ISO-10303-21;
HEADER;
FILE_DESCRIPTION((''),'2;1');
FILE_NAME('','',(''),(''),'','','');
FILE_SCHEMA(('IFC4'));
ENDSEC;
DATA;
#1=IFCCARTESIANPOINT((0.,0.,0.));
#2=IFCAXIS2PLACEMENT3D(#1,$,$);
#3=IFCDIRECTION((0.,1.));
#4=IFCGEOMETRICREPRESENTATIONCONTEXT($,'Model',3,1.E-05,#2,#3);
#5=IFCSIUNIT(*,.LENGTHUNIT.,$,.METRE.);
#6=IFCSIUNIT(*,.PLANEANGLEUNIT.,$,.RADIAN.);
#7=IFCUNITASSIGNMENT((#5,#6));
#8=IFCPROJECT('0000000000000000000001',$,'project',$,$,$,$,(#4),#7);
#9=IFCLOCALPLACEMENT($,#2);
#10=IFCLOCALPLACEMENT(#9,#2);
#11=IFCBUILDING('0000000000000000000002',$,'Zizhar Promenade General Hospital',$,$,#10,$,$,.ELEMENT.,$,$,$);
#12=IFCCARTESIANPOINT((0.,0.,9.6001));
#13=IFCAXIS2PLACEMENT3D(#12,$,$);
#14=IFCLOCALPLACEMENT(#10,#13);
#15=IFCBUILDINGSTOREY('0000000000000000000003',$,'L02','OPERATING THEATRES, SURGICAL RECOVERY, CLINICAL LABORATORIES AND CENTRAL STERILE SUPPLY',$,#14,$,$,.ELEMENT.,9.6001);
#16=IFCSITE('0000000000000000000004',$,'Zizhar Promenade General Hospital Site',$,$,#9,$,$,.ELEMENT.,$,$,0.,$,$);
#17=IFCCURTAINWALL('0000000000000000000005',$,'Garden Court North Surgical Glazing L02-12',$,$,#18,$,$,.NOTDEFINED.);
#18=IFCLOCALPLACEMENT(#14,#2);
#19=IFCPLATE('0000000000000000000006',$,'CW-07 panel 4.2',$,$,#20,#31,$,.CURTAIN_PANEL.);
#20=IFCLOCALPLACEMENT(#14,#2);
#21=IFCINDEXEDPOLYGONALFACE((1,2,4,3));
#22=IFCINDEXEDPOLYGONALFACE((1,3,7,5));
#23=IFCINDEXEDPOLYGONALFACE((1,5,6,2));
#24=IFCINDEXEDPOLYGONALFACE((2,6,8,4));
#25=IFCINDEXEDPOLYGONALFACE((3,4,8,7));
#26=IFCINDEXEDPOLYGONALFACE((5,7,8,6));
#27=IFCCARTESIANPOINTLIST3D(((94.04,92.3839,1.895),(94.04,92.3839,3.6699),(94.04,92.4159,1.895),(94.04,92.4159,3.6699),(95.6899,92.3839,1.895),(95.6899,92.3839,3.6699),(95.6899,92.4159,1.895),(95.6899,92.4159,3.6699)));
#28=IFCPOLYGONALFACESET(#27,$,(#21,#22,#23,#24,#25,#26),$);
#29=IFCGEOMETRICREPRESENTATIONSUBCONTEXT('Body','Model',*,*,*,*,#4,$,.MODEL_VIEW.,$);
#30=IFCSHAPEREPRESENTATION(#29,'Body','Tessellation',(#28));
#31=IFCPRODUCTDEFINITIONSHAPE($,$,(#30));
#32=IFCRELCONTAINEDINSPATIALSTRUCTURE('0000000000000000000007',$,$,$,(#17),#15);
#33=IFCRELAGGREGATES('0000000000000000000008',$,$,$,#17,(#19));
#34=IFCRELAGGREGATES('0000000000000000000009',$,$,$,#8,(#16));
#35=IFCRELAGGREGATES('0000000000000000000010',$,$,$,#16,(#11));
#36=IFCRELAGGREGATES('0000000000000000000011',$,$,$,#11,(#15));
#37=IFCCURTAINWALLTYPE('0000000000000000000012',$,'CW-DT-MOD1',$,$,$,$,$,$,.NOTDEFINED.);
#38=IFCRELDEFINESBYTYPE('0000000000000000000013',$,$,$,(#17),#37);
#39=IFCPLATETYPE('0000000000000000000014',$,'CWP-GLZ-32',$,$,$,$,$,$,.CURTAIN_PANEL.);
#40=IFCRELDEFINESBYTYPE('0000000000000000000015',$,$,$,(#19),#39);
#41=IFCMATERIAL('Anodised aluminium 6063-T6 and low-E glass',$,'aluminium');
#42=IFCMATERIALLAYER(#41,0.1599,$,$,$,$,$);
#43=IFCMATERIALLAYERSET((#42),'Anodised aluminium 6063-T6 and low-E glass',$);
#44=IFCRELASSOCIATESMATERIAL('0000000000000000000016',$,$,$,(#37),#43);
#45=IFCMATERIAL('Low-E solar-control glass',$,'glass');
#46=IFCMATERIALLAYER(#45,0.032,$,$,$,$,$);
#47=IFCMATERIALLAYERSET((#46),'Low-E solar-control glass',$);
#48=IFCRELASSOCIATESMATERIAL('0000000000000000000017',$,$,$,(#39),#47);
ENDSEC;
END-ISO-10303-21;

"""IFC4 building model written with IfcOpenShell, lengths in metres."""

from ifc_helpers import new_model, si_unit, direction, frame, origin, origin_2d, place, context, subcontext, project, spatial, rectangle, extrude, material, layer, layer_set, type_object, element, aggregate, save


model = new_model("IFC4")

# Units and contexts
model_context = context("Model", 3, precision=1e-05, world=origin(), true_north=direction((0.0, 1.0)))
body_context = subcontext(model_context, "Body", "Model", "MODEL_VIEW")
ifc_project = project(units=[si_unit("LENGTHUNIT", "METRE"), si_unit("PLANEANGLEUNIT", "RADIAN")], contexts=[model_context])

# Site, building, storey
site_placement = place(None, origin())
site = spatial("IfcSite", under=ifc_project, at=site_placement, Name="Zizhar Promenade General Hospital Site", CompositionType="ELEMENT", RefElevation=0.0)
building_placement = place(site_placement, origin())
building = spatial("IfcBuilding", under=site, at=building_placement, Name="Zizhar Promenade General Hospital", CompositionType="ELEMENT")
storey_placement = place(building_placement, frame((0.0, 0.0, 9.6001)))
storey = spatial("IfcBuildingStorey", under=building, at=storey_placement, Name="L02", Description="OPERATING THEATRES, SURGICAL RECOVERY, CLINICAL LABORATORIES AND CENTRAL STERILE SUPPLY", CompositionType="ELEMENT", Elevation=9.6001)

# Curtain wall, plate
ifc_material_1 = material(Name="Anodised aluminium 6063-T6 and low-E glass", Category="aluminium")
ifc_layer_1 = layer(ifc_material_1, 0.1599)
ifc_layer_set_1 = layer_set([ifc_layer_1], Name="Anodised aluminium 6063-T6 and low-E glass")
curtain_wall_type = type_object("IfcCurtainWallType", Name="CW-DT-MOD1", PredefinedType="NOTDEFINED", material=ifc_layer_set_1)
curtain_wall_placement = place(storey_placement, origin())
curtain_wall = element("IfcCurtainWall", 1, at=curtain_wall_placement, inside=storey, type_object=curtain_wall_type, Name="Garden Court North Surgical Glazing L02-12", PredefinedType="NOTDEFINED")
ifc_material_2 = material(Name="Low-E solar-control glass", Category="glass")
ifc_layer_2 = layer(ifc_material_2, 0.032)
ifc_layer_set_2 = layer_set([ifc_layer_2], Name="Low-E solar-control glass")
plate_type = type_object("IfcPlateType", Name="CWP-GLZ-32", PredefinedType="CURTAIN_PANEL", material=ifc_layer_set_2)
plate_1_placement = place(storey_placement, frame((94.865, 92.3999, 1.895), z_axis=(0.0, 0.0, 1.0), x_axis=(-1.0, 0.0, 0.0)))
plate_1 = element("IfcPlate", 2, at=plate_1_placement, type_object=plate_type, Name="CW-07 panel 4.2", PredefinedType="CURTAIN_PANEL", context=body_context, shape_type="SweptSolid", body=[
    extrude(rectangle(XDim=1.6499, YDim=0.032, at=origin_2d()), origin(), (0.0, 0.0, 1.0), 1.7749),
])
aggregate(curtain_wall, [plate_1])

save(model, "model.ifc")
